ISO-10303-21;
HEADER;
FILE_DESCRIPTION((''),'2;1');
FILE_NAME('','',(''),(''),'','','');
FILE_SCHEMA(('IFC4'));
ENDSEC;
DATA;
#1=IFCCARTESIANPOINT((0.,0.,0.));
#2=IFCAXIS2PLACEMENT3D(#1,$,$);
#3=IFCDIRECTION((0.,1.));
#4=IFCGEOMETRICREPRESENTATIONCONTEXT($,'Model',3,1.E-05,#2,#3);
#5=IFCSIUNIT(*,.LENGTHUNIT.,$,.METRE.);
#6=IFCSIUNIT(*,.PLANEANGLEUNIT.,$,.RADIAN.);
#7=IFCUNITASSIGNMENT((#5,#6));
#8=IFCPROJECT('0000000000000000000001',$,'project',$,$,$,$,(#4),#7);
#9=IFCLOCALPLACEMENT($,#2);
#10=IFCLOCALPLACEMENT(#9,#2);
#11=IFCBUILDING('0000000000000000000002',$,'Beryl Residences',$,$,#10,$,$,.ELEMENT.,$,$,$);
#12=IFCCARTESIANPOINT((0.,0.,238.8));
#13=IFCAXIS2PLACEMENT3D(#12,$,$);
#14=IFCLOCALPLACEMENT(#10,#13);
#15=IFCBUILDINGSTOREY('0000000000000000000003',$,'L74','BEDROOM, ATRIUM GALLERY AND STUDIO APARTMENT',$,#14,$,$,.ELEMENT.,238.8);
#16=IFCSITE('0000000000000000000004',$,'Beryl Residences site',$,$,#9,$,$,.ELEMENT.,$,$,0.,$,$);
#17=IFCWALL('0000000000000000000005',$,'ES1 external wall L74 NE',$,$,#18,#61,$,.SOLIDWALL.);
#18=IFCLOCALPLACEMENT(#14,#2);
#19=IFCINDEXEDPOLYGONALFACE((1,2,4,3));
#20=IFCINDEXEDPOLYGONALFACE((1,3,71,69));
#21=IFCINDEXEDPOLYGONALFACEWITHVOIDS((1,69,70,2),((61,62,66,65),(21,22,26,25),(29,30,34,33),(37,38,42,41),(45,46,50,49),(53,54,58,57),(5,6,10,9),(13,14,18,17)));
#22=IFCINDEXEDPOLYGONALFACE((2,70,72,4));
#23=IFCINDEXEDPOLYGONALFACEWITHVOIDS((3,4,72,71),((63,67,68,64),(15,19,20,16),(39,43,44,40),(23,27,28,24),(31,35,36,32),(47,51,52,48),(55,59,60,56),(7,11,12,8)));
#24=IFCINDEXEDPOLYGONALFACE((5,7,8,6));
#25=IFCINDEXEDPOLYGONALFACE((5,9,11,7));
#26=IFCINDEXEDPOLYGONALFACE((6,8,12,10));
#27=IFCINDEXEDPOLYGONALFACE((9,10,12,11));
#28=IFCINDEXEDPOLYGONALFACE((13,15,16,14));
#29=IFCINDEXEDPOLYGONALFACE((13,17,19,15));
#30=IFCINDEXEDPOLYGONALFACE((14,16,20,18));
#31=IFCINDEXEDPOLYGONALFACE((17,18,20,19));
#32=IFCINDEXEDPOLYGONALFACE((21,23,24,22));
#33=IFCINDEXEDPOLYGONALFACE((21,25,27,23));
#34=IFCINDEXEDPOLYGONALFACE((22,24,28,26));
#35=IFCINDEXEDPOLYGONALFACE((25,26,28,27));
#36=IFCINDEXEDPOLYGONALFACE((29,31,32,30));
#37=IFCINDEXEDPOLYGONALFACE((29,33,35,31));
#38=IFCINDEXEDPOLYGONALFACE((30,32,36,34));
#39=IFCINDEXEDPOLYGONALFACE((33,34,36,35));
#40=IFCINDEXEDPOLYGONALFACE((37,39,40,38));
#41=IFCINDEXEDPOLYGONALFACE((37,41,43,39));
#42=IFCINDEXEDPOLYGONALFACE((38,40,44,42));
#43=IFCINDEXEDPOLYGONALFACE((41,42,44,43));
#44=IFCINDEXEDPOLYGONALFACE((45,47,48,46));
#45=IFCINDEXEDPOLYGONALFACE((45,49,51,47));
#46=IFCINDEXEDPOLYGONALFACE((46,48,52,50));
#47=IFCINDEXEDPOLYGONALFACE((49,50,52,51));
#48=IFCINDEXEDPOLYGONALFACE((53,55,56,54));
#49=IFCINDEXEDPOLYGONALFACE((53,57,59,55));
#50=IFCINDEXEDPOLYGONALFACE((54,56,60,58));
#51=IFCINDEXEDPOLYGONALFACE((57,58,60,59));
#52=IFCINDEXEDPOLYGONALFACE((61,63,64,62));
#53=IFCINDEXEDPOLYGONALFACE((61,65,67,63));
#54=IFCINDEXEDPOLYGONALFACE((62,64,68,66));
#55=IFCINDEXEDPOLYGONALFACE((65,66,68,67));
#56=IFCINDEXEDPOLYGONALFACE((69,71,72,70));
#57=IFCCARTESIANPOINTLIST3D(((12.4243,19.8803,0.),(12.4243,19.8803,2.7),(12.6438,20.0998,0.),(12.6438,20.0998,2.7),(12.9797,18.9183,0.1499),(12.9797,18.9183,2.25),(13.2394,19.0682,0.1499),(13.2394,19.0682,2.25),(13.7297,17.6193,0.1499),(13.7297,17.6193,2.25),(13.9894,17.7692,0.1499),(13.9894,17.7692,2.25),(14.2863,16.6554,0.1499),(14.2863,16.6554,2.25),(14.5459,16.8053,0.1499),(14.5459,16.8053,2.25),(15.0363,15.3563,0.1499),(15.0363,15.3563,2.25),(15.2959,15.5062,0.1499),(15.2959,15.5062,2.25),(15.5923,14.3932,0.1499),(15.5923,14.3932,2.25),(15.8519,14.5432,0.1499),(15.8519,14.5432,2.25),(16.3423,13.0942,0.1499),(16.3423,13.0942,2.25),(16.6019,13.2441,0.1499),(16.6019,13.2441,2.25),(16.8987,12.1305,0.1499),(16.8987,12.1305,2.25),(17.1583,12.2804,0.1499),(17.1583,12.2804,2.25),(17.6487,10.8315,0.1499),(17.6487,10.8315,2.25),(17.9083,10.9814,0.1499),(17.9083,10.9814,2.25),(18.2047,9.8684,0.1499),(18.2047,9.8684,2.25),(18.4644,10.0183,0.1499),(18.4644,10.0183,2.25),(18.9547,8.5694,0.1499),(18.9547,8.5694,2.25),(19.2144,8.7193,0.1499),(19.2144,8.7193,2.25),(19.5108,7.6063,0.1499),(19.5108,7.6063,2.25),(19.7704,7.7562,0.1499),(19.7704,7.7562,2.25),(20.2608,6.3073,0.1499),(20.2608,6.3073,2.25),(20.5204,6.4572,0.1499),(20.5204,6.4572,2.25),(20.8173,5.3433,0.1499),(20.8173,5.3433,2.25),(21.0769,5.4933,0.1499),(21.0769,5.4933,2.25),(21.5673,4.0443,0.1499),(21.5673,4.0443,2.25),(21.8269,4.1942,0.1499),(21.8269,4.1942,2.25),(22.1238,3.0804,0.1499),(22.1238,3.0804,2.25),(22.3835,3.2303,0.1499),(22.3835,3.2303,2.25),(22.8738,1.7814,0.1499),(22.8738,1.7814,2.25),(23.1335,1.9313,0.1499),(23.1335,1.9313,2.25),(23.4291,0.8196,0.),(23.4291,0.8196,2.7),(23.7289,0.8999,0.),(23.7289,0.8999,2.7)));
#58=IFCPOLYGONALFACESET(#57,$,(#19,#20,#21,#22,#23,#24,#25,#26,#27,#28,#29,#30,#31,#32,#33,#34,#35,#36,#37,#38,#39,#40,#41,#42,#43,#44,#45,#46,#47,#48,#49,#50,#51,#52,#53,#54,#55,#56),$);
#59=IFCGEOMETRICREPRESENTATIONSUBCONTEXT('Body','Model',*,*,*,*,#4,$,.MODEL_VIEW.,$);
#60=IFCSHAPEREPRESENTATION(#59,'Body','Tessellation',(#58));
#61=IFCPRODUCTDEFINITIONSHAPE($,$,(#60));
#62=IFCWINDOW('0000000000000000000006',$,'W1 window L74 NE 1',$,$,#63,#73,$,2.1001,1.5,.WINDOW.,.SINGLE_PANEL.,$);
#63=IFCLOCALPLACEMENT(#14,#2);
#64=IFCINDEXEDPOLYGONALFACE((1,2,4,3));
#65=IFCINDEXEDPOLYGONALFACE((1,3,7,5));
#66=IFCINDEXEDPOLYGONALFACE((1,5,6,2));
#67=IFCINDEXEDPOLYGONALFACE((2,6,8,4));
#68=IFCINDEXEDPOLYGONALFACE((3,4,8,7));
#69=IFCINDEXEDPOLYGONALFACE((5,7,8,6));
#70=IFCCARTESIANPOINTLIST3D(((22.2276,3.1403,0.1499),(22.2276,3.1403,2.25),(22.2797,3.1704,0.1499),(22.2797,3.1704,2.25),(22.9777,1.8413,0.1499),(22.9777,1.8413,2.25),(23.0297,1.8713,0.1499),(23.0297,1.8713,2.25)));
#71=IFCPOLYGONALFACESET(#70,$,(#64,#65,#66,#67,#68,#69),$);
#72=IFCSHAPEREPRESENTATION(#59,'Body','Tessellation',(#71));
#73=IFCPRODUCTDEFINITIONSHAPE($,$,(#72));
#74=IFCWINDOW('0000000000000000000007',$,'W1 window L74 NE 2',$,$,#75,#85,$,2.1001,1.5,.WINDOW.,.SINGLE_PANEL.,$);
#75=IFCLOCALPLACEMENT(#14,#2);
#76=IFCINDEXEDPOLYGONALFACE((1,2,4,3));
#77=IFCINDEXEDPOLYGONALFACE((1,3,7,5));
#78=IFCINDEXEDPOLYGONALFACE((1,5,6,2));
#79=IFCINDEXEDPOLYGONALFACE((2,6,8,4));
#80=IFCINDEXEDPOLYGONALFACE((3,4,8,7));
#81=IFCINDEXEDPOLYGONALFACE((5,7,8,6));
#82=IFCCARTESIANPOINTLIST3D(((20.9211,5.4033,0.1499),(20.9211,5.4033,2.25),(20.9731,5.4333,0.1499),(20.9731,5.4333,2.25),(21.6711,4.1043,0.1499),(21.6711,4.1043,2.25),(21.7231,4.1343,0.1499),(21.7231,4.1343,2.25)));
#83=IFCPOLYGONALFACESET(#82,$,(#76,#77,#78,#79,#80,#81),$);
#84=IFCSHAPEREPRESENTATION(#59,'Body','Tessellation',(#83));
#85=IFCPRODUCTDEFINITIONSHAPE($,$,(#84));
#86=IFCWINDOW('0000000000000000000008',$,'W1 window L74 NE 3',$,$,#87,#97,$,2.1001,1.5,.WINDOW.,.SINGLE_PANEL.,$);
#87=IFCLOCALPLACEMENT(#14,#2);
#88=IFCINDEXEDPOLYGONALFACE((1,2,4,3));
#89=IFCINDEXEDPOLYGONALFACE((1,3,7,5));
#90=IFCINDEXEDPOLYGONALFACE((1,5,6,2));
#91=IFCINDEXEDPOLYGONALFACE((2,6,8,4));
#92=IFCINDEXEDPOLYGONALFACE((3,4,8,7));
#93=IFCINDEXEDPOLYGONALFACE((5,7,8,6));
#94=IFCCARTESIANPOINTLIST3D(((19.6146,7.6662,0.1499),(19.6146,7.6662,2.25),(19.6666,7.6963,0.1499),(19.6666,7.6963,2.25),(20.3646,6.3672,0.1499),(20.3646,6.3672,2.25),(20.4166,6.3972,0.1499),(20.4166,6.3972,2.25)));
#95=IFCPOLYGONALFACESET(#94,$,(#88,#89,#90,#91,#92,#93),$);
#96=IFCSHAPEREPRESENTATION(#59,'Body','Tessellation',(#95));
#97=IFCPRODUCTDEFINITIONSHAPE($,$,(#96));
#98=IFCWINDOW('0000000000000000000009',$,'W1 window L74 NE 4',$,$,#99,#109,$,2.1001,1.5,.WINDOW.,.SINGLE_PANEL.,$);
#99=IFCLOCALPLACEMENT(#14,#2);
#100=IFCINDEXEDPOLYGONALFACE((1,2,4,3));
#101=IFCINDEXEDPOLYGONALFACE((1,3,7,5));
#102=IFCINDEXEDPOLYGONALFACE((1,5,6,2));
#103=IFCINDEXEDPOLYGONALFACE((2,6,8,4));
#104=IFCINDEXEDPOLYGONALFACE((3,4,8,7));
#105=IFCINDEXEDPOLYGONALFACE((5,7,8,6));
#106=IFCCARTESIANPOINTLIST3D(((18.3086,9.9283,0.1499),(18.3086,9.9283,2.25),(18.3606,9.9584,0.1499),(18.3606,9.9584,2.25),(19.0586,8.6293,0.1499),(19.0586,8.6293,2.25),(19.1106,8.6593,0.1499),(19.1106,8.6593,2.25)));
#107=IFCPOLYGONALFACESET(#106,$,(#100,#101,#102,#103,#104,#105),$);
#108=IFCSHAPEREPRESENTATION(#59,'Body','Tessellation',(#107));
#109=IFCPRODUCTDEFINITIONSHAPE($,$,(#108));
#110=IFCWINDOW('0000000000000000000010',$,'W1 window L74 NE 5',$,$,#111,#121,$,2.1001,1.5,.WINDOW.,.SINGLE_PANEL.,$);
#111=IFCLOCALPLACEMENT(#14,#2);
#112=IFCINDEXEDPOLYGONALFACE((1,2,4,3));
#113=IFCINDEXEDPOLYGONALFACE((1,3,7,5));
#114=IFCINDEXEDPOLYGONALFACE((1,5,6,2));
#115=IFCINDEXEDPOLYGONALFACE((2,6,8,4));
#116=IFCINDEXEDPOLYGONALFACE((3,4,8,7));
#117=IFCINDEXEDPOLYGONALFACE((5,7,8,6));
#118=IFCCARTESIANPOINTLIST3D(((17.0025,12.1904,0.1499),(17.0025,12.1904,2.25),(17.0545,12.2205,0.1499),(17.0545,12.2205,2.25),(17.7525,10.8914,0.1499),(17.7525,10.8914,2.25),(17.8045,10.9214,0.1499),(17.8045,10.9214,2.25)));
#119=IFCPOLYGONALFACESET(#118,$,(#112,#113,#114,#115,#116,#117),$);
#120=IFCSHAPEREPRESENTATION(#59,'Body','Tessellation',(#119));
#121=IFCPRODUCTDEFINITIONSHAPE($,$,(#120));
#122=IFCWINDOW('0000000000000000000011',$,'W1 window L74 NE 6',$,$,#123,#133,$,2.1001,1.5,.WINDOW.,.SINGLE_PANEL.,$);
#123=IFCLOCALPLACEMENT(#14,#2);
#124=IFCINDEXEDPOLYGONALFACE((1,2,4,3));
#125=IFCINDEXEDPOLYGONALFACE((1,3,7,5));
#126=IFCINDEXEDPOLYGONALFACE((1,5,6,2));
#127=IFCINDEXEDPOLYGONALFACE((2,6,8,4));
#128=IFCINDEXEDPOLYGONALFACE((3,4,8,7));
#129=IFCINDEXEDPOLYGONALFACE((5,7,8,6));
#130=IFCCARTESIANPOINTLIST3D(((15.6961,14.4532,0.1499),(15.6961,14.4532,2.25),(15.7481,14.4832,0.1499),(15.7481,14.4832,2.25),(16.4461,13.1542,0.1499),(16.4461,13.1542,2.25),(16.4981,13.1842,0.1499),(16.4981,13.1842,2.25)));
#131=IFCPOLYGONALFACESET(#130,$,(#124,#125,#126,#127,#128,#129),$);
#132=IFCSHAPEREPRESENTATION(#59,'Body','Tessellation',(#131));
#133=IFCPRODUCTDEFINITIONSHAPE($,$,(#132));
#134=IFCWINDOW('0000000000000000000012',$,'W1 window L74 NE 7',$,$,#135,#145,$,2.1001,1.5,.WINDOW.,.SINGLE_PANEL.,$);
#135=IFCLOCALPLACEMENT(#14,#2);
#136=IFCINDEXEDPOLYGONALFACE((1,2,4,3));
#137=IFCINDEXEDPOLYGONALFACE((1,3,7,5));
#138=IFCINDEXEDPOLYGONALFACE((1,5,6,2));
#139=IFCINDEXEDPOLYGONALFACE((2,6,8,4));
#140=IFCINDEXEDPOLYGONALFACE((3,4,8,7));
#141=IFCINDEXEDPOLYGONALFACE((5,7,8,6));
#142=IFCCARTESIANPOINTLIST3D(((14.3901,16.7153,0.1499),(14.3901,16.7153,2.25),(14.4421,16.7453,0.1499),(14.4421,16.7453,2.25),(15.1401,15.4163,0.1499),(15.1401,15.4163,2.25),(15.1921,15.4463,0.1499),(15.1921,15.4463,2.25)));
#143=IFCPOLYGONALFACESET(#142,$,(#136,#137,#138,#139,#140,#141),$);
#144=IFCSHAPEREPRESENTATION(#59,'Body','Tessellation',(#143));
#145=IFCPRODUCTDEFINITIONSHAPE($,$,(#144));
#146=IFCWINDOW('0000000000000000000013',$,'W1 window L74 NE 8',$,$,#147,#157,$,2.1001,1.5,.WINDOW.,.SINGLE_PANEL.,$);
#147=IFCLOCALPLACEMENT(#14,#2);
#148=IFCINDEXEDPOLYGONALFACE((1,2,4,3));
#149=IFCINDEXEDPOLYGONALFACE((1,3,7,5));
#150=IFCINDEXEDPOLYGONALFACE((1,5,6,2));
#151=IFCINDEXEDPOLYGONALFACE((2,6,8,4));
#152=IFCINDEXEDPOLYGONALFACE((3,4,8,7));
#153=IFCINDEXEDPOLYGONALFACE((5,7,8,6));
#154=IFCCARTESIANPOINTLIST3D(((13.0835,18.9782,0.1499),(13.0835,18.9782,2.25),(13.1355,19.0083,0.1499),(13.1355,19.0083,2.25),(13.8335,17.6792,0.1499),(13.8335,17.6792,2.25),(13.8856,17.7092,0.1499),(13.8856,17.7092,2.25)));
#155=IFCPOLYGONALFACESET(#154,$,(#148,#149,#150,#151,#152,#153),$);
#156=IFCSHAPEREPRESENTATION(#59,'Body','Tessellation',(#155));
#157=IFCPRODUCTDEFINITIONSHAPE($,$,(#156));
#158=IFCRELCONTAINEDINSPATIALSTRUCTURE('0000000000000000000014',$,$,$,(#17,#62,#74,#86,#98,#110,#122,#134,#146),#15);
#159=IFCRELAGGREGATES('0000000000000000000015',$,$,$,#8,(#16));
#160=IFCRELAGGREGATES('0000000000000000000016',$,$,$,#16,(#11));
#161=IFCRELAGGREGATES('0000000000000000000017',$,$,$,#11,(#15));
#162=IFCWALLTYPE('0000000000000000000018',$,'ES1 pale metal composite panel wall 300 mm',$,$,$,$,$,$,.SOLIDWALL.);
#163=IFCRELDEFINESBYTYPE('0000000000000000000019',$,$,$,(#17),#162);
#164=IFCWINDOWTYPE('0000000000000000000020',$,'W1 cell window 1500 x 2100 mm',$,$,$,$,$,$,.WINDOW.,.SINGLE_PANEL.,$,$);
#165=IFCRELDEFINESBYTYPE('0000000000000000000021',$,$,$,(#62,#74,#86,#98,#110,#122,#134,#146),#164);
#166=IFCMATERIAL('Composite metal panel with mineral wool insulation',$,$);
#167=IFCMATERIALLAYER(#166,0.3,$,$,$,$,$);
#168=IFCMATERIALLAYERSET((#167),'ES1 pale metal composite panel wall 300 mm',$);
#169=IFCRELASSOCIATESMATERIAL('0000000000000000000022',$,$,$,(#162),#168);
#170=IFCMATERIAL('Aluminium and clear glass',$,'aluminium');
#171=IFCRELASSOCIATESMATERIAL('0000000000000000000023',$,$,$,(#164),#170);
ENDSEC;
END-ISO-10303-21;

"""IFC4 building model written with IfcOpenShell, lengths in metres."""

from ifc_helpers import new_model, si_unit, direction, frame, frame_2d, origin, place, context, subcontext, project, spatial, polyline, rectangle, outline, extrude, material, layer, layer_set, type_object, element, fill, save


model = new_model("IFC4")

# Units and contexts
model_context = context("Model", 3, precision=1e-05, world=origin(), true_north=direction((0.0, 1.0)))
body_context = subcontext(model_context, "Body", "Model", "MODEL_VIEW")
ifc_project = project(units=[si_unit("LENGTHUNIT", "METRE"), si_unit("PLANEANGLEUNIT", "RADIAN")], contexts=[model_context])

# Site, building, storey
site_placement = place(None, origin())
site = spatial("IfcSite", under=ifc_project, at=site_placement, Name="Beryl Residences site", CompositionType="ELEMENT", RefElevation=0.0)
building_placement = place(site_placement, origin())
building = spatial("IfcBuilding", under=site, at=building_placement, Name="Beryl Residences", CompositionType="ELEMENT")
storey_placement = place(building_placement, frame((0.0, 0.0, 238.8)))
storey = spatial("IfcBuildingStorey", under=building, at=storey_placement, Name="L74", Description="BEDROOM, ATRIUM GALLERY AND STUDIO APARTMENT", CompositionType="ELEMENT", Elevation=238.8)

# Wall, openings, windows
ifc_material_1 = material(Name="Composite metal panel with mineral wool insulation")
ifc_layer_1 = layer(ifc_material_1, 0.3)
ifc_layer_set_1 = layer_set([ifc_layer_1], Name="ES1 pale metal composite panel wall 300 mm")
wall_type_1 = type_object("IfcWallType", Name="ES1 pale metal composite panel wall 300 mm", PredefinedType="SOLIDWALL", material=ifc_layer_set_1)
wall_1_placement = place(storey_placement, frame((23.5991, 0.825, 0.0), z_axis=(0.0, 0.0, 1.0), x_axis=(-0.500004, 0.866023, 0.0)))
wall_1 = element("IfcWall", 1, at=wall_1_placement, inside=storey, type_object=wall_type_1, Name="ES1 external wall L74 NE", PredefinedType="SOLIDWALL", context=body_context, shape_type="SweptSolid", body=[
    extrude(outline(polyline([(0.0, -0.1499), (22.1702, -0.1499), (22.0898, 0.1499), (0.0803, 0.1499), (0.0, -0.1499)])), origin(), (0.0, 0.0, 1.0), 2.7),
])
opening_1_placement = place(wall_1_placement, frame((1.1909, 0.0, 0.1499)))
opening_1 = element("IfcOpeningElement", 2, at=opening_1_placement, cuts=wall_1, PredefinedType="OPENING", context=body_context, shape_type="SweptSolid", body=[
    extrude(rectangle(XDim=1.5, YDim=2.1001, at=frame_2d((0.75, 1.05))), frame((0.0, 0.1599, 0.0), z_axis=(0.0, -1.0, 0.0), x_axis=(1.0, 0.0, 0.0)), (0.0, 0.0, 1.0), 0.3201),
])
opening_2_placement = place(wall_1_placement, frame((3.804, 0.0, 0.1499)))
opening_2 = element("IfcOpeningElement", 3, at=opening_2_placement, cuts=wall_1, PredefinedType="OPENING", context=body_context, shape_type="SweptSolid", body=[
    extrude(rectangle(XDim=1.5, YDim=2.1001, at=frame_2d((0.75, 1.05))), frame((0.0, 0.1599, 0.0), z_axis=(0.0, -1.0, 0.0), x_axis=(1.0, 0.0, 0.0)), (0.0, 0.0, 1.0), 0.3201),
])
opening_3_placement = place(wall_1_placement, frame((6.417, 0.0, 0.1499)))
opening_3 = element("IfcOpeningElement", 4, at=opening_3_placement, cuts=wall_1, PredefinedType="OPENING", context=body_context, shape_type="SweptSolid", body=[
    extrude(rectangle(XDim=1.5, YDim=2.1001, at=frame_2d((0.75, 1.05))), frame((0.0, 0.1599, 0.0), z_axis=(0.0, -1.0, 0.0), x_axis=(1.0, 0.0, 0.0)), (0.0, 0.0, 1.0), 0.3201),
])
opening_4_placement = place(wall_1_placement, frame((9.0291, 0.0, 0.1499)))
opening_4 = element("IfcOpeningElement", 5, at=opening_4_placement, cuts=wall_1, PredefinedType="OPENING", context=body_context, shape_type="SweptSolid", body=[
    extrude(rectangle(XDim=1.5, YDim=2.1001, at=frame_2d((0.75, 1.05))), frame((0.0, 0.1599, 0.0), z_axis=(0.0, -1.0, 0.0), x_axis=(1.0, 0.0, 0.0)), (0.0, 0.0, 1.0), 0.3201),
])
opening_5_placement = place(wall_1_placement, frame((11.6411, 0.0, 0.1499)))
opening_5 = element("IfcOpeningElement", 6, at=opening_5_placement, cuts=wall_1, PredefinedType="OPENING", context=body_context, shape_type="SweptSolid", body=[
    extrude(rectangle(XDim=1.5, YDim=2.1001, at=frame_2d((0.75, 1.05))), frame((0.0, 0.1599, 0.0), z_axis=(0.0, -1.0, 0.0), x_axis=(1.0, 0.0, 0.0)), (0.0, 0.0, 1.0), 0.3201),
])
opening_6_placement = place(wall_1_placement, frame((14.2539, 0.0, 0.1499)))
opening_6 = element("IfcOpeningElement", 7, at=opening_6_placement, cuts=wall_1, PredefinedType="OPENING", context=body_context, shape_type="SweptSolid", body=[
    extrude(rectangle(XDim=1.5, YDim=2.1001, at=frame_2d((0.75, 1.05))), frame((0.0, 0.1599, 0.0), z_axis=(0.0, -1.0, 0.0), x_axis=(1.0, 0.0, 0.0)), (0.0, 0.0, 1.0), 0.3201),
])
opening_7_placement = place(wall_1_placement, frame((16.866, 0.0, 0.1499)))
opening_7 = element("IfcOpeningElement", 8, at=opening_7_placement, cuts=wall_1, PredefinedType="OPENING", context=body_context, shape_type="SweptSolid", body=[
    extrude(rectangle(XDim=1.5, YDim=2.1001, at=frame_2d((0.75, 1.05))), frame((0.0, 0.1599, 0.0), z_axis=(0.0, -1.0, 0.0), x_axis=(1.0, 0.0, 0.0)), (0.0, 0.0, 1.0), 0.3201),
])
opening_8_placement = place(wall_1_placement, frame((19.479, 0.0, 0.1499)))
opening_8 = element("IfcOpeningElement", 9, at=opening_8_placement, cuts=wall_1, PredefinedType="OPENING", context=body_context, shape_type="SweptSolid", body=[
    extrude(rectangle(XDim=1.5, YDim=2.1001, at=frame_2d((0.75, 1.05))), frame((0.0, 0.1599, 0.0), z_axis=(0.0, -1.0, 0.0), x_axis=(1.0, 0.0, 0.0)), (0.0, 0.0, 1.0), 0.3201),
])
ifc_material_2 = material(Name="Aluminium and clear glass", Category="aluminium")
window_type = type_object("IfcWindowType", Name="W1 cell window 1500 x 2100 mm", PartitioningType="SINGLE_PANEL", PredefinedType="WINDOW", material=ifc_material_2)
window_1_placement = place(opening_1_placement, origin())
window_1 = element("IfcWindow", 10, at=window_1_placement, inside=storey, type_object=window_type, Name="W1 window L74 NE 1", OverallHeight=2.1001, OverallWidth=1.5, PartitioningType="SINGLE_PANEL", PredefinedType="WINDOW", context=body_context, shape_type="SweptSolid", body=[
    extrude(rectangle(XDim=1.5, YDim=2.1001, at=frame_2d((0.75, 1.05))), frame((0.0, 0.03, 0.0), z_axis=(0.0, -1.0, 0.0), x_axis=(1.0, 0.0, 0.0)), (0.0, 0.0, 1.0), 0.0601),
])
fill(opening_1, window_1)
window_2_placement = place(opening_2_placement, origin())
window_2 = element("IfcWindow", 11, at=window_2_placement, inside=storey, type_object=window_type, Name="W1 window L74 NE 2", OverallHeight=2.1001, OverallWidth=1.5, PartitioningType="SINGLE_PANEL", PredefinedType="WINDOW", context=body_context, shape_type="SweptSolid", body=[
    extrude(rectangle(XDim=1.5, YDim=2.1001, at=frame_2d((0.75, 1.05))), frame((0.0, 0.03, 0.0), z_axis=(0.0, -1.0, 0.0), x_axis=(1.0, 0.0, 0.0)), (0.0, 0.0, 1.0), 0.0601),
])
fill(opening_2, window_2)
window_3_placement = place(opening_3_placement, origin())
window_3 = element("IfcWindow", 12, at=window_3_placement, inside=storey, type_object=window_type, Name="W1 window L74 NE 3", OverallHeight=2.1001, OverallWidth=1.5, PartitioningType="SINGLE_PANEL", PredefinedType="WINDOW", context=body_context, shape_type="SweptSolid", body=[
    extrude(rectangle(XDim=1.5, YDim=2.1001, at=frame_2d((0.75, 1.05))), frame((0.0, 0.03, 0.0), z_axis=(0.0, -1.0, 0.0), x_axis=(1.0, 0.0, 0.0)), (0.0, 0.0, 1.0), 0.0601),
])
fill(opening_3, window_3)
window_4_placement = place(opening_4_placement, origin())
window_4 = element("IfcWindow", 13, at=window_4_placement, inside=storey, type_object=window_type, Name="W1 window L74 NE 4", OverallHeight=2.1001, OverallWidth=1.5, PartitioningType="SINGLE_PANEL", PredefinedType="WINDOW", context=body_context, shape_type="SweptSolid", body=[
    extrude(rectangle(XDim=1.5, YDim=2.1001, at=frame_2d((0.75, 1.05))), frame((0.0, 0.03, 0.0), z_axis=(0.0, -1.0, 0.0), x_axis=(1.0, 0.0, 0.0)), (0.0, 0.0, 1.0), 0.0601),
])
fill(opening_4, window_4)
window_5_placement = place(opening_5_placement, origin())
window_5 = element("IfcWindow", 14, at=window_5_placement, inside=storey, type_object=window_type, Name="W1 window L74 NE 5", OverallHeight=2.1001, OverallWidth=1.5, PartitioningType="SINGLE_PANEL", PredefinedType="WINDOW", context=body_context, shape_type="SweptSolid", body=[
    extrude(rectangle(XDim=1.5, YDim=2.1001, at=frame_2d((0.75, 1.05))), frame((0.0, 0.03, 0.0), z_axis=(0.0, -1.0, 0.0), x_axis=(1.0, 0.0, 0.0)), (0.0, 0.0, 1.0), 0.0601),
])
fill(opening_5, window_5)
window_6_placement = place(opening_6_placement, origin())
window_6 = element("IfcWindow", 15, at=window_6_placement, inside=storey, type_object=window_type, Name="W1 window L74 NE 6", OverallHeight=2.1001, OverallWidth=1.5, PartitioningType="SINGLE_PANEL", PredefinedType="WINDOW", context=body_context, shape_type="SweptSolid", body=[
    extrude(rectangle(XDim=1.5, YDim=2.1001, at=frame_2d((0.75, 1.05))), frame((0.0, 0.03, 0.0), z_axis=(0.0, -1.0, 0.0), x_axis=(1.0, 0.0, 0.0)), (0.0, 0.0, 1.0), 0.0601),
])
fill(opening_6, window_6)
window_7_placement = place(opening_7_placement, origin())
window_7 = element("IfcWindow", 16, at=window_7_placement, inside=storey, type_object=window_type, Name="W1 window L74 NE 7", OverallHeight=2.1001, OverallWidth=1.5, PartitioningType="SINGLE_PANEL", PredefinedType="WINDOW", context=body_context, shape_type="SweptSolid", body=[
    extrude(rectangle(XDim=1.5, YDim=2.1001, at=frame_2d((0.75, 1.05))), frame((0.0, 0.03, 0.0), z_axis=(0.0, -1.0, 0.0), x_axis=(1.0, 0.0, 0.0)), (0.0, 0.0, 1.0), 0.0601),
])
fill(opening_7, window_7)
window_8_placement = place(opening_8_placement, origin())
window_8 = element("IfcWindow", 17, at=window_8_placement, inside=storey, type_object=window_type, Name="W1 window L74 NE 8", OverallHeight=2.1001, OverallWidth=1.5, PartitioningType="SINGLE_PANEL", PredefinedType="WINDOW", context=body_context, shape_type="SweptSolid", body=[
    extrude(rectangle(XDim=1.5, YDim=2.1001, at=frame_2d((0.75, 1.05))), frame((0.0, 0.03, 0.0), z_axis=(0.0, -1.0, 0.0), x_axis=(1.0, 0.0, 0.0)), (0.0, 0.0, 1.0), 0.0601),
])
fill(opening_8, window_8)

save(model, "model.ifc")
